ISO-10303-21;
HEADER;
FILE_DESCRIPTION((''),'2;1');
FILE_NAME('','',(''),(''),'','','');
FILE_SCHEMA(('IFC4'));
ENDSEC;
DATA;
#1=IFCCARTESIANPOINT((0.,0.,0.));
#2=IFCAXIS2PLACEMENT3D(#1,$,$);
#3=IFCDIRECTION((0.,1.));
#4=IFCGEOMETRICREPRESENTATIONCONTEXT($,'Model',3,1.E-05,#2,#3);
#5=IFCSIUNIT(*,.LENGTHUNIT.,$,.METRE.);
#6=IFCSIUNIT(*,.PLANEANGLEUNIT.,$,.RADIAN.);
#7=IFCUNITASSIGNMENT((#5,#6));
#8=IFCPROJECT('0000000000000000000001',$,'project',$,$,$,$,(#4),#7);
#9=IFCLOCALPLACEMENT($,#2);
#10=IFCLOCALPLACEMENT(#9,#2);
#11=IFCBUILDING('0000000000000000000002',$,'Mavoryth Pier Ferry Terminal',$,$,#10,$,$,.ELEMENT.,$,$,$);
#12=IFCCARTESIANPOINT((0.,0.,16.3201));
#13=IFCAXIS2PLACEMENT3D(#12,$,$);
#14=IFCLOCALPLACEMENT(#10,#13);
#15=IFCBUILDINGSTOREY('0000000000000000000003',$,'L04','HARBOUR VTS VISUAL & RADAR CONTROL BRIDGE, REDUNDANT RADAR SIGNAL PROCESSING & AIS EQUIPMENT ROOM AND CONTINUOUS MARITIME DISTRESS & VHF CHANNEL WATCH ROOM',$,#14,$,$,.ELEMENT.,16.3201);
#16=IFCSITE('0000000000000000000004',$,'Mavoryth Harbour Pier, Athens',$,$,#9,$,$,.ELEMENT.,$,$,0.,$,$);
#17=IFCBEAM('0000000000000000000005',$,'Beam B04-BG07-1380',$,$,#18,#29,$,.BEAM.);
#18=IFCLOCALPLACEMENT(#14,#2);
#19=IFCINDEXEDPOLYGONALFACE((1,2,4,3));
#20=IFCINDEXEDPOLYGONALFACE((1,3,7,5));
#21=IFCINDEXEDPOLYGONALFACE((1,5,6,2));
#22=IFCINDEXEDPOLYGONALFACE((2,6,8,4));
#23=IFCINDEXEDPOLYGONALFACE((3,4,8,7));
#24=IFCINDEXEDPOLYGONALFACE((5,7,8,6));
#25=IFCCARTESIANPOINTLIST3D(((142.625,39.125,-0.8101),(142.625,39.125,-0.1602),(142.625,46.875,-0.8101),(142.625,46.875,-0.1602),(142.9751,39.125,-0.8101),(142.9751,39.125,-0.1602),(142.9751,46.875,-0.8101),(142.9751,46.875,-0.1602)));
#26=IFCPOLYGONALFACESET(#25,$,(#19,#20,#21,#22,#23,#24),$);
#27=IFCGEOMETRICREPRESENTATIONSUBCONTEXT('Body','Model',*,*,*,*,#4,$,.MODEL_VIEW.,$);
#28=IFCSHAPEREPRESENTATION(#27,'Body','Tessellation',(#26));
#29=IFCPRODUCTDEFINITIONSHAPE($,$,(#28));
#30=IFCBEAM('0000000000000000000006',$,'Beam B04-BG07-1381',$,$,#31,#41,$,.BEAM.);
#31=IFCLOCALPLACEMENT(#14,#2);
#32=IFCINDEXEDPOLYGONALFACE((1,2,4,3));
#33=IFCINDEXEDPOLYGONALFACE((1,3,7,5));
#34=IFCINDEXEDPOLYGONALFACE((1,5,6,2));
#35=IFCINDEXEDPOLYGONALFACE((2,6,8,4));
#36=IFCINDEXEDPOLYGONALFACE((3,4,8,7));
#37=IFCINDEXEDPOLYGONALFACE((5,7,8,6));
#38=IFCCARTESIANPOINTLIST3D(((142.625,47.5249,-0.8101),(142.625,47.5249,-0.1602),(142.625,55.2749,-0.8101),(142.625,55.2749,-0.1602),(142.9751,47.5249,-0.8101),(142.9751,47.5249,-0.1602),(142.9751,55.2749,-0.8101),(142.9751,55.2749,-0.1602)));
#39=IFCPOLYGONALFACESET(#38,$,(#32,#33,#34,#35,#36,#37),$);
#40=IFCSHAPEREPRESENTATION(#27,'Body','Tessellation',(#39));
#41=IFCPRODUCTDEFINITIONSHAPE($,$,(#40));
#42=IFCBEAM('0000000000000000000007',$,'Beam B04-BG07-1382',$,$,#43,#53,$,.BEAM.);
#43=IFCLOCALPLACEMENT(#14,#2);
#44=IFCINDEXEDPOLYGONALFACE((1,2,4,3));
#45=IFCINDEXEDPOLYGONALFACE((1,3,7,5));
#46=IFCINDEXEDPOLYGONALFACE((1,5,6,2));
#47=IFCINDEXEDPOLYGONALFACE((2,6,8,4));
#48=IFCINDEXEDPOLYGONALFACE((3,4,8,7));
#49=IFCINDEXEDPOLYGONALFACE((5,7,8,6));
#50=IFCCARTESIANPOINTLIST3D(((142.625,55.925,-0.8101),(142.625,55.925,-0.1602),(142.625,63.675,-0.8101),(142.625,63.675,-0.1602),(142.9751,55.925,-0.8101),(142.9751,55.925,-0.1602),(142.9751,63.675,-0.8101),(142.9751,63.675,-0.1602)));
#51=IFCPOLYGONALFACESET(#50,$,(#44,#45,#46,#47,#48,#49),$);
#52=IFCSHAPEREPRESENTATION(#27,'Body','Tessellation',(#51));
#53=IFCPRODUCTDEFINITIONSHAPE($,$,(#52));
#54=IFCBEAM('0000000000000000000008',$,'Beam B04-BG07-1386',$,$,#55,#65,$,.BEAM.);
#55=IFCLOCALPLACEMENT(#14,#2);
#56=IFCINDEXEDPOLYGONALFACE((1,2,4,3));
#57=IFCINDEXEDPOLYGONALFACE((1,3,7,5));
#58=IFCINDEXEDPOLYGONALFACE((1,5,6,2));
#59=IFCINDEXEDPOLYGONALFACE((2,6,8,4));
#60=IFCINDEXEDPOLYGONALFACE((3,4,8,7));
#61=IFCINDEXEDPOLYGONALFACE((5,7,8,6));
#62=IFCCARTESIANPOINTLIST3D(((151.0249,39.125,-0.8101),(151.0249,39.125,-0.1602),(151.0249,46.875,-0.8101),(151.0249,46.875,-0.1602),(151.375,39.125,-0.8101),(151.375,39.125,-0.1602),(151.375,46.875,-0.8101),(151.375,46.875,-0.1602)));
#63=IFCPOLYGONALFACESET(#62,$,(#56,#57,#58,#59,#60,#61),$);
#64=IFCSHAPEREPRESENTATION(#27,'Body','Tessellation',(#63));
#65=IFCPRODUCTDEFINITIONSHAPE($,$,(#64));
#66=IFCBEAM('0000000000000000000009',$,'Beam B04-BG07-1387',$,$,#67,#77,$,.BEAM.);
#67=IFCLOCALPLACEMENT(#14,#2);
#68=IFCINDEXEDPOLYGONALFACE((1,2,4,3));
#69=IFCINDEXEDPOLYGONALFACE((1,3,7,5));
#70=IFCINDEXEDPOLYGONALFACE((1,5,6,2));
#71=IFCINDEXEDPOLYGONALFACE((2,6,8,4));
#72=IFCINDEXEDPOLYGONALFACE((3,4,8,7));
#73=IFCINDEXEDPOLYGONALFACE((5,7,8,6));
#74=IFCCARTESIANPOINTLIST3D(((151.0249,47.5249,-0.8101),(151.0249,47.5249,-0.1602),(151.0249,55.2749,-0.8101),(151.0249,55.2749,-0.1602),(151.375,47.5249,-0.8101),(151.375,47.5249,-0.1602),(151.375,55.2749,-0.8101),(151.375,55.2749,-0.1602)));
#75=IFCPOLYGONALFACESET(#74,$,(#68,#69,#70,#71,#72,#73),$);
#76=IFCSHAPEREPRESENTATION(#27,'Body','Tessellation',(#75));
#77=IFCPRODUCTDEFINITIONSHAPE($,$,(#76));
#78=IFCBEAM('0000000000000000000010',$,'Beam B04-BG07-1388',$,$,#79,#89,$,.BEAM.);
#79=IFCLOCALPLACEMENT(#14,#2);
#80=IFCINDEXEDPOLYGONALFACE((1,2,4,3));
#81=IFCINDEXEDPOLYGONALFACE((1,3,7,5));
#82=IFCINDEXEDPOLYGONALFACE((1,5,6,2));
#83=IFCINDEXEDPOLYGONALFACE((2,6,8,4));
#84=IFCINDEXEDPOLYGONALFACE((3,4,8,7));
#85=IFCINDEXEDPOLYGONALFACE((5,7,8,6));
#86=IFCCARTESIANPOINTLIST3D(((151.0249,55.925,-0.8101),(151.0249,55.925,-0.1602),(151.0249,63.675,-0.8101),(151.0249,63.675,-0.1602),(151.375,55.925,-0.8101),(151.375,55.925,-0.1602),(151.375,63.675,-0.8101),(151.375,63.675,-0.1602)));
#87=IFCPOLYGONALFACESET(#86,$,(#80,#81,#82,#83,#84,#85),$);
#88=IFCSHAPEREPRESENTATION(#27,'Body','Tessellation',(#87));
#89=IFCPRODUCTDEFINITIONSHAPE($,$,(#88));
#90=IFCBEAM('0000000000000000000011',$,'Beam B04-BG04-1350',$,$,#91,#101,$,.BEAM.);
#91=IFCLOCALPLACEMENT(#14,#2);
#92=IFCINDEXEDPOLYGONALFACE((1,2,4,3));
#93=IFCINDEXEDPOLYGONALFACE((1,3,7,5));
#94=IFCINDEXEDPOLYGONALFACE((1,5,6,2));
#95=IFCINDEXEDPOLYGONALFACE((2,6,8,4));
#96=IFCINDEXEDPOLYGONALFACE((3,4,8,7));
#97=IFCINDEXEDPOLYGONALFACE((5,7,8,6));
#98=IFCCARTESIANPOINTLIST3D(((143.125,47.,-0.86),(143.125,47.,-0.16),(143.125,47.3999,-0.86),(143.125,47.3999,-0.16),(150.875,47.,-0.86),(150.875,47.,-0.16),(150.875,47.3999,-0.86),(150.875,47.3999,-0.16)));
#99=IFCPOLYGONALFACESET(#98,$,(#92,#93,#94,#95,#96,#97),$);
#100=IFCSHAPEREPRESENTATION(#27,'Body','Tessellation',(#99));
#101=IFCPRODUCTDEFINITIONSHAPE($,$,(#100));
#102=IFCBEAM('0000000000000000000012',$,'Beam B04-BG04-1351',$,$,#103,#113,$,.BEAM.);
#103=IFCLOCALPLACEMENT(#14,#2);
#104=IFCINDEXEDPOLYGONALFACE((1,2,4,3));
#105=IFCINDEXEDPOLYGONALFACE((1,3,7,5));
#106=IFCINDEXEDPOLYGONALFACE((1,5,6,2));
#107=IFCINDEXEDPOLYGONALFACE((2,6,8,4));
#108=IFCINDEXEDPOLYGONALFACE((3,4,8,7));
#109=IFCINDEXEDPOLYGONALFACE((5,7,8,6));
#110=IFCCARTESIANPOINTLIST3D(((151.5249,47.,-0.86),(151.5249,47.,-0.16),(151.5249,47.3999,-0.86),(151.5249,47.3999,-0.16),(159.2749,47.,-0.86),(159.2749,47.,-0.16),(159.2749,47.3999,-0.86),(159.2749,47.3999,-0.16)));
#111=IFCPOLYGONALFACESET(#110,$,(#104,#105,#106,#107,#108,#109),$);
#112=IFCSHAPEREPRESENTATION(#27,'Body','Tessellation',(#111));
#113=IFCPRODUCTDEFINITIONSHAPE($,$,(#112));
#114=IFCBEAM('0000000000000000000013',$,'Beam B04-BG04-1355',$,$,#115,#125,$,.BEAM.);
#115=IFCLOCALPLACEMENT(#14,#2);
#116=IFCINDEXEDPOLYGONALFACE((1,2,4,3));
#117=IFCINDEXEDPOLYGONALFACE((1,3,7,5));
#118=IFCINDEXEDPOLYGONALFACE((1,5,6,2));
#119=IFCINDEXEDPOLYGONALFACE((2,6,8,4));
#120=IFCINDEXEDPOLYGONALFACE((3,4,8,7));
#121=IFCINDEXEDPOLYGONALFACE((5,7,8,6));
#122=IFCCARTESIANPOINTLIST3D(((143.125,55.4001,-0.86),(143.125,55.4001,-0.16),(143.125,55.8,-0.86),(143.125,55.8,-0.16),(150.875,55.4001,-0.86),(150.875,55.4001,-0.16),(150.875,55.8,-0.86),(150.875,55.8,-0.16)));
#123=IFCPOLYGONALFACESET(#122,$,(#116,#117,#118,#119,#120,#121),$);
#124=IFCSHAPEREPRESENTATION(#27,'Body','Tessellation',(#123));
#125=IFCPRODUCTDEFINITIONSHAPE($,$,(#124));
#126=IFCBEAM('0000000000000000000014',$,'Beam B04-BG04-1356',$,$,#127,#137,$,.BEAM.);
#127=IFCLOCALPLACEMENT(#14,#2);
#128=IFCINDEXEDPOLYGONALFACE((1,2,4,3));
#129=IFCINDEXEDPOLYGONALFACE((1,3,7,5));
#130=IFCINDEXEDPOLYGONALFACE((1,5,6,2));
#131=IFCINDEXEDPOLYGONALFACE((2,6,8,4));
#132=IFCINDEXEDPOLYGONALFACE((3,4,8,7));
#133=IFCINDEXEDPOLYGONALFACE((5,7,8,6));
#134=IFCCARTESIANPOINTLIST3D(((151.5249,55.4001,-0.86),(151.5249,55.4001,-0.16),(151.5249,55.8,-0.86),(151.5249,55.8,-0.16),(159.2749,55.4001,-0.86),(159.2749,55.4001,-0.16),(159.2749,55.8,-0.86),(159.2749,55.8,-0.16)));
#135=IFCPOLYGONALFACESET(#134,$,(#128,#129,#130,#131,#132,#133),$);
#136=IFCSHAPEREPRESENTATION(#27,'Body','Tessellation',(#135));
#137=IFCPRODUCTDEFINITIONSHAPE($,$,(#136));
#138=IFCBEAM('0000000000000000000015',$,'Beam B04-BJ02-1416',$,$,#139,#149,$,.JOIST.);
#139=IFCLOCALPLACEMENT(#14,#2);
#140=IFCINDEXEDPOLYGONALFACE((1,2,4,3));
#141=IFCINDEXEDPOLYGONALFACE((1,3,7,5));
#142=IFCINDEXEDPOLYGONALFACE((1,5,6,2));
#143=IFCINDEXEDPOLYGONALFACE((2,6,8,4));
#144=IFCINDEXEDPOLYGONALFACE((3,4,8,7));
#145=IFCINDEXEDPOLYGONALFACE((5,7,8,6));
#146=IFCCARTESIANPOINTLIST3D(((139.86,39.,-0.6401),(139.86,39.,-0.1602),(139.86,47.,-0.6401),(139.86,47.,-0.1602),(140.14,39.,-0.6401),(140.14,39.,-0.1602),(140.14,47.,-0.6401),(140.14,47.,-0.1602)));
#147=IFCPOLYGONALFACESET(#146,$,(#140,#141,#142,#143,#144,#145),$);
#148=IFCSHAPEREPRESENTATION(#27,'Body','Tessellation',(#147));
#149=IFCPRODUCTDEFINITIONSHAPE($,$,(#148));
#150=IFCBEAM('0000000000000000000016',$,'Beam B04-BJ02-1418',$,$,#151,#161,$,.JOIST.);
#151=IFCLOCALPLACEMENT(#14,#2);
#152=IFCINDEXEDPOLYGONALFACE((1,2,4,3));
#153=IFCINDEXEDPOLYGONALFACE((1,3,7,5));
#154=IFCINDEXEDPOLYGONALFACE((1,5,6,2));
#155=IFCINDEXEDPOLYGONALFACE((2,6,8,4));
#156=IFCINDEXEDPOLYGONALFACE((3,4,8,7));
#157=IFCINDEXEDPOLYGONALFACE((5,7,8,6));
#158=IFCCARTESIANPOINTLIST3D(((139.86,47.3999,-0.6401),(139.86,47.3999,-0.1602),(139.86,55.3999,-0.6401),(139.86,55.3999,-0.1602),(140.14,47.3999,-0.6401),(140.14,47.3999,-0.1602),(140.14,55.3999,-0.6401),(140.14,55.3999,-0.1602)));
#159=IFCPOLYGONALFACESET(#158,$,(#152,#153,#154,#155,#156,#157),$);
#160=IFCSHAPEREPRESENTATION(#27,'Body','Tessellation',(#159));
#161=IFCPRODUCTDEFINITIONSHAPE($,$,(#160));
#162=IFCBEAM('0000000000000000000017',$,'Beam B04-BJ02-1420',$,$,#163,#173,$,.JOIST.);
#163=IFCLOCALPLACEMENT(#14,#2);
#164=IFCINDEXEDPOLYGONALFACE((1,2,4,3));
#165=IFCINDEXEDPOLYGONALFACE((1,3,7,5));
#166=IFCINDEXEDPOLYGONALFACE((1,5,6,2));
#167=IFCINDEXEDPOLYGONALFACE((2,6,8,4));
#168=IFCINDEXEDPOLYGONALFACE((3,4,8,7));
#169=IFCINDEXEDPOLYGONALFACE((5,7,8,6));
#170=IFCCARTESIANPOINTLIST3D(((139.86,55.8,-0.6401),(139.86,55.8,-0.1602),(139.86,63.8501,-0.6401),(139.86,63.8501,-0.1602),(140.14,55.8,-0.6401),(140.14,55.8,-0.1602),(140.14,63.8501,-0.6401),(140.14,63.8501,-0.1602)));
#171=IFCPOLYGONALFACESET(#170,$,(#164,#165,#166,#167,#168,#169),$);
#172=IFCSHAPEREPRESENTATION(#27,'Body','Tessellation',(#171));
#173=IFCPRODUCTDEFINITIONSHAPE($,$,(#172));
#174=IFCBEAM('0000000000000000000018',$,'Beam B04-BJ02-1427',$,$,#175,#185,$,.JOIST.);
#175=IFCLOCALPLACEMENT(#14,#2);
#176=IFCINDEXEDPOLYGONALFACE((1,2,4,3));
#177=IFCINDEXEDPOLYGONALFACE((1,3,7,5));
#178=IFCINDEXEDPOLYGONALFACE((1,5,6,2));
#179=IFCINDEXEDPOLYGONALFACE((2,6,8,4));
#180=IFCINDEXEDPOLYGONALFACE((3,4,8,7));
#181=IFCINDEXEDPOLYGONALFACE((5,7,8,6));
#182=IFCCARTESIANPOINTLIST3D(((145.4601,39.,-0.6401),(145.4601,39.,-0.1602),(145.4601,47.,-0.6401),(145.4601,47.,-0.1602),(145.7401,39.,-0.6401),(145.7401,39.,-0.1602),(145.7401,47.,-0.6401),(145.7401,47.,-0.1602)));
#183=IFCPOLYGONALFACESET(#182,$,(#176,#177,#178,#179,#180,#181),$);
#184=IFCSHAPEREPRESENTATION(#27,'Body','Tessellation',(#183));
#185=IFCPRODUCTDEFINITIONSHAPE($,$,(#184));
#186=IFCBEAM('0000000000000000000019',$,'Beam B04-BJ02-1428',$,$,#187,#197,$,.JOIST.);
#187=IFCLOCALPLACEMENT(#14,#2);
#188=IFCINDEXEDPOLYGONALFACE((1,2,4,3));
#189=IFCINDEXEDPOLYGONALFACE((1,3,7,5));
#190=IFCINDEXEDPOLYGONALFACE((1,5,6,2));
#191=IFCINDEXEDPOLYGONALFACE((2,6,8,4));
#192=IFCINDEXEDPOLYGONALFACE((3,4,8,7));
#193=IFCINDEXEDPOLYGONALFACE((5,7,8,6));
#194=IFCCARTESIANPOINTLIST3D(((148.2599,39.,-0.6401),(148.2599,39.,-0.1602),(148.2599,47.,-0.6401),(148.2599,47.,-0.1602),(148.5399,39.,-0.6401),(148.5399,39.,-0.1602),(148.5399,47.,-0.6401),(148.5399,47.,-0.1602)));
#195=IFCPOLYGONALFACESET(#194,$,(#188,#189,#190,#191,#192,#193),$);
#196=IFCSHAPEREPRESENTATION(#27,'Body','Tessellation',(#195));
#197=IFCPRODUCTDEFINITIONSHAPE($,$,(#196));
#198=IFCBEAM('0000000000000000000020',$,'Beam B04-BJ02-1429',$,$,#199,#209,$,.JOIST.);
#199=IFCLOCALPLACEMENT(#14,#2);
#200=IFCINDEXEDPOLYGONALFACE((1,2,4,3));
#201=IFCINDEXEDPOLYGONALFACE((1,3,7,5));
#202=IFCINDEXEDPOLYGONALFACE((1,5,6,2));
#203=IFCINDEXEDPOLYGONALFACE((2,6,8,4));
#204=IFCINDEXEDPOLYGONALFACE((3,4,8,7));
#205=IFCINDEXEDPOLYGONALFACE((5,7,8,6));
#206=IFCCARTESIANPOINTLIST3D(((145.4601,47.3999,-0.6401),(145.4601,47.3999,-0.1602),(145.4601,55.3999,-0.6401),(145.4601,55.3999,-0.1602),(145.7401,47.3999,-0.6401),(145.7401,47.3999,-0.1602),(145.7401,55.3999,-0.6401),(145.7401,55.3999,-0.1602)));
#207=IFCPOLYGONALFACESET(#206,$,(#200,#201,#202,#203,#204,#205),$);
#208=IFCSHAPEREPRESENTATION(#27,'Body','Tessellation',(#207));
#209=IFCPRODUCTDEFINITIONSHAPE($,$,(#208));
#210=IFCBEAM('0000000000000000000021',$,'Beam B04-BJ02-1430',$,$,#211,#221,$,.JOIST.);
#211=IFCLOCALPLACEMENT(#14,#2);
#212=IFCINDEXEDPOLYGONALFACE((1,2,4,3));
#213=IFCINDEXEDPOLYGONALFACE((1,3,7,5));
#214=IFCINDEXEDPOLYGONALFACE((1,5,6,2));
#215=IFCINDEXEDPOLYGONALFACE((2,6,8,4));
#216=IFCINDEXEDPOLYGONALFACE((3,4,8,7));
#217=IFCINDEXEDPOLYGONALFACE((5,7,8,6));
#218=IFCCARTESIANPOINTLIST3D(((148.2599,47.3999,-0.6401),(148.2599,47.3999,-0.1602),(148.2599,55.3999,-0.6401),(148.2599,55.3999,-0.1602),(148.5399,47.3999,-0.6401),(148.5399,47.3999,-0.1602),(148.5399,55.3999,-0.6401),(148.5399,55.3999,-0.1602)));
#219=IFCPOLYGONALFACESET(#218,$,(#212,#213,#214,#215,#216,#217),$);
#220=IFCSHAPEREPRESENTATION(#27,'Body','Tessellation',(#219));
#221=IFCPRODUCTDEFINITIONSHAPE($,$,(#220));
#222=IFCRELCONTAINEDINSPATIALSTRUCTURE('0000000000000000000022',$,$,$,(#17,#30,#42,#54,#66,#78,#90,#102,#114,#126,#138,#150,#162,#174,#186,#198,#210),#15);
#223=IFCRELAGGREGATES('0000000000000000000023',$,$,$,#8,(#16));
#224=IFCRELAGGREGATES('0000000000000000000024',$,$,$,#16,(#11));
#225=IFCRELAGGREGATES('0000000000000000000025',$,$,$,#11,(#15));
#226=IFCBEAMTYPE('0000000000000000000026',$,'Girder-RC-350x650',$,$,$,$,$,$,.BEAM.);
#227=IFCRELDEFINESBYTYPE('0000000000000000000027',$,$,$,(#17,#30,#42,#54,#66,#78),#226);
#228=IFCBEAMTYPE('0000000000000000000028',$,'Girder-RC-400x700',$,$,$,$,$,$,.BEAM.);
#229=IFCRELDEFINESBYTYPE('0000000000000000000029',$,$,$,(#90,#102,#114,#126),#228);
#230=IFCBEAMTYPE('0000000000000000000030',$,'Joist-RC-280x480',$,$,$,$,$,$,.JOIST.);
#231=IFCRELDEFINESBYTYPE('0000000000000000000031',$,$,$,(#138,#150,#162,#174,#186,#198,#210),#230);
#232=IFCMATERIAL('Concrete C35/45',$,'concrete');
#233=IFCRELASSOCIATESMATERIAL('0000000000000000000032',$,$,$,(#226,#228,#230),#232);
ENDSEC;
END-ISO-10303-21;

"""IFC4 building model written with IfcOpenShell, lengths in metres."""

from ifc_helpers import new_model, si_unit, direction, frame, origin, origin_2d, place, context, subcontext, project, spatial, rectangle, extrude, material, material_profile, profile_set, type_object, element, save


model = new_model("IFC4")

# Units and contexts
model_context = context("Model", 3, precision=1e-05, world=origin(), true_north=direction((0.0, 1.0)))
body_context = subcontext(model_context, "Body", "Model", "MODEL_VIEW")
ifc_project = project(units=[si_unit("LENGTHUNIT", "METRE"), si_unit("PLANEANGLEUNIT", "RADIAN")], contexts=[model_context])

# Site, building, storey
site_placement = place(None, origin())
site = spatial("IfcSite", under=ifc_project, at=site_placement, Name="Mavoryth Harbour Pier, Athens", CompositionType="ELEMENT", RefElevation=0.0)
building_placement = place(site_placement, origin())
building = spatial("IfcBuilding", under=site, at=building_placement, Name="Mavoryth Pier Ferry Terminal", CompositionType="ELEMENT")
storey_placement = place(building_placement, frame((0.0, 0.0, 16.3201)))
storey = spatial("IfcBuildingStorey", under=building, at=storey_placement, Name="L04", Description="HARBOUR VTS VISUAL & RADAR CONTROL BRIDGE, REDUNDANT RADAR SIGNAL PROCESSING & AIS EQUIPMENT ROOM AND CONTINUOUS MARITIME DISTRESS & VHF CHANNEL WATCH ROOM", CompositionType="ELEMENT", Elevation=16.3201)

# Beams
ifc_material = material(Name="Concrete C35/45", Category="concrete")
ifc_material_profile_1 = material_profile(ifc_material, rectangle(XDim=0.3501, YDim=0.6499, at=origin_2d()), Name="RC 350x650", Category="concrete")
ifc_profile_set_1 = profile_set([ifc_material_profile_1], Name="Concrete C35/45 - RC 350x650")
beam_type_1 = type_object("IfcBeamType", Name="Girder-RC-350x650", PredefinedType="BEAM", material=ifc_profile_set_1)
for number, where, z_axis, x_axis, name in (
    (1, (142.8, 39.125, -0.4851), (0.0, 1.0, 0.0), (-1.0, 0.0, 0.0), "Beam B04-BG07-1380"),
    (2, (142.8, 47.5249, -0.4851), (0.0, 1.0, 0.0), (-1.0, 0.0, 0.0), "Beam B04-BG07-1381"),
    (3, (142.8, 55.925, -0.4851), (0.0, 1.0, 0.0), (-1.0, 0.0, 0.0), "Beam B04-BG07-1382"),
    (4, (151.2, 39.125, -0.4851), (0.0, 1.0, 0.0), (-1.0, 0.0, 0.0), "Beam B04-BG07-1386"),
    (5, (151.2, 47.5249, -0.4851), (0.0, 1.0, 0.0), (-1.0, 0.0, 0.0), "Beam B04-BG07-1387"),
    (6, (151.2, 55.925, -0.4851), (0.0, 1.0, 0.0), (-1.0, 0.0, 0.0), "Beam B04-BG07-1388"),
):
    element("IfcBeam", number, at=place(storey_placement, frame(where, z_axis=z_axis, x_axis=x_axis)), inside=storey, type_object=beam_type_1, Name=name, PredefinedType="BEAM", context=body_context, shape_type="SweptSolid", body=[
        extrude(rectangle(XDim=0.3501, YDim=0.6499, at=origin_2d()), origin(), (0.0, 0.0, 1.0), 7.75),
    ])
ifc_material_profile_2 = material_profile(ifc_material, rectangle(XDim=0.3999, YDim=0.7, at=origin_2d()), Name="RC 400x700", Category="concrete")
ifc_profile_set_2 = profile_set([ifc_material_profile_2], Name="Concrete C35/45 - RC 400x700")
beam_type_2 = type_object("IfcBeamType", Name="Girder-RC-400x700", PredefinedType="BEAM", material=ifc_profile_set_2)
for number, where, z_axis, x_axis, name in (
    (7, (143.125, 47.2, -0.51), (1.0, 0.0, 0.0), (0.0, 1.0, 0.0), "Beam B04-BG04-1350"),
    (8, (151.5249, 47.2, -0.51), (1.0, 0.0, 0.0), (0.0, 1.0, 0.0), "Beam B04-BG04-1351"),
    (9, (143.125, 55.6001, -0.51), (1.0, 0.0, 0.0), (0.0, 1.0, 0.0), "Beam B04-BG04-1355"),
    (10, (151.5249, 55.6001, -0.51), (1.0, 0.0, 0.0), (0.0, 1.0, 0.0), "Beam B04-BG04-1356"),
):
    element("IfcBeam", number, at=place(storey_placement, frame(where, z_axis=z_axis, x_axis=x_axis)), inside=storey, type_object=beam_type_2, Name=name, PredefinedType="BEAM", context=body_context, shape_type="SweptSolid", body=[
        extrude(rectangle(XDim=0.3999, YDim=0.7, at=origin_2d()), origin(), (0.0, 0.0, 1.0), 7.75),
    ])
ifc_material_profile_3 = material_profile(ifc_material, rectangle(XDim=0.28, YDim=0.48, at=origin_2d()), Name="RC 280x480", Category="concrete")
ifc_profile_set_3 = profile_set([ifc_material_profile_3], Name="Concrete C35/45 - RC 280x480")
beam_type_3 = type_object("IfcBeamType", Name="Joist-RC-280x480", PredefinedType="JOIST", material=ifc_profile_set_3)
for number, where, z_axis, x_axis, name in (
    (11, (140.0, 39.0, -0.4001), (0.0, 1.0, 0.0), (-1.0, 0.0, 0.0), "Beam B04-BJ02-1416"),
    (12, (140.0, 47.3999, -0.4001), (0.0, 1.0, 0.0), (-1.0, 0.0, 0.0), "Beam B04-BJ02-1418"),
):
    element("IfcBeam", number, at=place(storey_placement, frame(where, z_axis=z_axis, x_axis=x_axis)), inside=storey, type_object=beam_type_3, Name=name, PredefinedType="JOIST", context=body_context, shape_type="SweptSolid", body=[
        extrude(rectangle(XDim=0.28, YDim=0.48, at=origin_2d()), origin(), (0.0, 0.0, 1.0), 8.0),
    ])
beam_1_placement = place(storey_placement, frame((140.0, 55.8, -0.4001), z_axis=(0.0, 1.0, 0.0), x_axis=(-1.0, 0.0, 0.0)))
element("IfcBeam", 13, at=beam_1_placement, inside=storey, type_object=beam_type_3, Name="Beam B04-BJ02-1420", PredefinedType="JOIST", context=body_context, shape_type="SweptSolid", body=[
    extrude(rectangle(XDim=0.28, YDim=0.48, at=origin_2d()), origin(), (0.0, 0.0, 1.0), 8.05),
])
for number, where, z_axis, x_axis, name in (
    (14, (145.6001, 39.0, -0.4001), (0.0, 1.0, 0.0), (-1.0, 0.0, 0.0), "Beam B04-BJ02-1427"),
    (15, (148.3999, 39.0, -0.4001), (0.0, 1.0, 0.0), (-1.0, 0.0, 0.0), "Beam B04-BJ02-1428"),
    (16, (145.6001, 47.3999, -0.4001), (0.0, 1.0, 0.0), (-1.0, 0.0, 0.0), "Beam B04-BJ02-1429"),
    (17, (148.3999, 47.3999, -0.4001), (0.0, 1.0, 0.0), (-1.0, 0.0, 0.0), "Beam B04-BJ02-1430"),
):
    element("IfcBeam", number, at=place(storey_placement, frame(where, z_axis=z_axis, x_axis=x_axis)), inside=storey, type_object=beam_type_3, Name=name, PredefinedType="JOIST", context=body_context, shape_type="SweptSolid", body=[
        extrude(rectangle(XDim=0.28, YDim=0.48, at=origin_2d()), origin(), (0.0, 0.0, 1.0), 8.0),
    ])

save(model, "model.ifc")
